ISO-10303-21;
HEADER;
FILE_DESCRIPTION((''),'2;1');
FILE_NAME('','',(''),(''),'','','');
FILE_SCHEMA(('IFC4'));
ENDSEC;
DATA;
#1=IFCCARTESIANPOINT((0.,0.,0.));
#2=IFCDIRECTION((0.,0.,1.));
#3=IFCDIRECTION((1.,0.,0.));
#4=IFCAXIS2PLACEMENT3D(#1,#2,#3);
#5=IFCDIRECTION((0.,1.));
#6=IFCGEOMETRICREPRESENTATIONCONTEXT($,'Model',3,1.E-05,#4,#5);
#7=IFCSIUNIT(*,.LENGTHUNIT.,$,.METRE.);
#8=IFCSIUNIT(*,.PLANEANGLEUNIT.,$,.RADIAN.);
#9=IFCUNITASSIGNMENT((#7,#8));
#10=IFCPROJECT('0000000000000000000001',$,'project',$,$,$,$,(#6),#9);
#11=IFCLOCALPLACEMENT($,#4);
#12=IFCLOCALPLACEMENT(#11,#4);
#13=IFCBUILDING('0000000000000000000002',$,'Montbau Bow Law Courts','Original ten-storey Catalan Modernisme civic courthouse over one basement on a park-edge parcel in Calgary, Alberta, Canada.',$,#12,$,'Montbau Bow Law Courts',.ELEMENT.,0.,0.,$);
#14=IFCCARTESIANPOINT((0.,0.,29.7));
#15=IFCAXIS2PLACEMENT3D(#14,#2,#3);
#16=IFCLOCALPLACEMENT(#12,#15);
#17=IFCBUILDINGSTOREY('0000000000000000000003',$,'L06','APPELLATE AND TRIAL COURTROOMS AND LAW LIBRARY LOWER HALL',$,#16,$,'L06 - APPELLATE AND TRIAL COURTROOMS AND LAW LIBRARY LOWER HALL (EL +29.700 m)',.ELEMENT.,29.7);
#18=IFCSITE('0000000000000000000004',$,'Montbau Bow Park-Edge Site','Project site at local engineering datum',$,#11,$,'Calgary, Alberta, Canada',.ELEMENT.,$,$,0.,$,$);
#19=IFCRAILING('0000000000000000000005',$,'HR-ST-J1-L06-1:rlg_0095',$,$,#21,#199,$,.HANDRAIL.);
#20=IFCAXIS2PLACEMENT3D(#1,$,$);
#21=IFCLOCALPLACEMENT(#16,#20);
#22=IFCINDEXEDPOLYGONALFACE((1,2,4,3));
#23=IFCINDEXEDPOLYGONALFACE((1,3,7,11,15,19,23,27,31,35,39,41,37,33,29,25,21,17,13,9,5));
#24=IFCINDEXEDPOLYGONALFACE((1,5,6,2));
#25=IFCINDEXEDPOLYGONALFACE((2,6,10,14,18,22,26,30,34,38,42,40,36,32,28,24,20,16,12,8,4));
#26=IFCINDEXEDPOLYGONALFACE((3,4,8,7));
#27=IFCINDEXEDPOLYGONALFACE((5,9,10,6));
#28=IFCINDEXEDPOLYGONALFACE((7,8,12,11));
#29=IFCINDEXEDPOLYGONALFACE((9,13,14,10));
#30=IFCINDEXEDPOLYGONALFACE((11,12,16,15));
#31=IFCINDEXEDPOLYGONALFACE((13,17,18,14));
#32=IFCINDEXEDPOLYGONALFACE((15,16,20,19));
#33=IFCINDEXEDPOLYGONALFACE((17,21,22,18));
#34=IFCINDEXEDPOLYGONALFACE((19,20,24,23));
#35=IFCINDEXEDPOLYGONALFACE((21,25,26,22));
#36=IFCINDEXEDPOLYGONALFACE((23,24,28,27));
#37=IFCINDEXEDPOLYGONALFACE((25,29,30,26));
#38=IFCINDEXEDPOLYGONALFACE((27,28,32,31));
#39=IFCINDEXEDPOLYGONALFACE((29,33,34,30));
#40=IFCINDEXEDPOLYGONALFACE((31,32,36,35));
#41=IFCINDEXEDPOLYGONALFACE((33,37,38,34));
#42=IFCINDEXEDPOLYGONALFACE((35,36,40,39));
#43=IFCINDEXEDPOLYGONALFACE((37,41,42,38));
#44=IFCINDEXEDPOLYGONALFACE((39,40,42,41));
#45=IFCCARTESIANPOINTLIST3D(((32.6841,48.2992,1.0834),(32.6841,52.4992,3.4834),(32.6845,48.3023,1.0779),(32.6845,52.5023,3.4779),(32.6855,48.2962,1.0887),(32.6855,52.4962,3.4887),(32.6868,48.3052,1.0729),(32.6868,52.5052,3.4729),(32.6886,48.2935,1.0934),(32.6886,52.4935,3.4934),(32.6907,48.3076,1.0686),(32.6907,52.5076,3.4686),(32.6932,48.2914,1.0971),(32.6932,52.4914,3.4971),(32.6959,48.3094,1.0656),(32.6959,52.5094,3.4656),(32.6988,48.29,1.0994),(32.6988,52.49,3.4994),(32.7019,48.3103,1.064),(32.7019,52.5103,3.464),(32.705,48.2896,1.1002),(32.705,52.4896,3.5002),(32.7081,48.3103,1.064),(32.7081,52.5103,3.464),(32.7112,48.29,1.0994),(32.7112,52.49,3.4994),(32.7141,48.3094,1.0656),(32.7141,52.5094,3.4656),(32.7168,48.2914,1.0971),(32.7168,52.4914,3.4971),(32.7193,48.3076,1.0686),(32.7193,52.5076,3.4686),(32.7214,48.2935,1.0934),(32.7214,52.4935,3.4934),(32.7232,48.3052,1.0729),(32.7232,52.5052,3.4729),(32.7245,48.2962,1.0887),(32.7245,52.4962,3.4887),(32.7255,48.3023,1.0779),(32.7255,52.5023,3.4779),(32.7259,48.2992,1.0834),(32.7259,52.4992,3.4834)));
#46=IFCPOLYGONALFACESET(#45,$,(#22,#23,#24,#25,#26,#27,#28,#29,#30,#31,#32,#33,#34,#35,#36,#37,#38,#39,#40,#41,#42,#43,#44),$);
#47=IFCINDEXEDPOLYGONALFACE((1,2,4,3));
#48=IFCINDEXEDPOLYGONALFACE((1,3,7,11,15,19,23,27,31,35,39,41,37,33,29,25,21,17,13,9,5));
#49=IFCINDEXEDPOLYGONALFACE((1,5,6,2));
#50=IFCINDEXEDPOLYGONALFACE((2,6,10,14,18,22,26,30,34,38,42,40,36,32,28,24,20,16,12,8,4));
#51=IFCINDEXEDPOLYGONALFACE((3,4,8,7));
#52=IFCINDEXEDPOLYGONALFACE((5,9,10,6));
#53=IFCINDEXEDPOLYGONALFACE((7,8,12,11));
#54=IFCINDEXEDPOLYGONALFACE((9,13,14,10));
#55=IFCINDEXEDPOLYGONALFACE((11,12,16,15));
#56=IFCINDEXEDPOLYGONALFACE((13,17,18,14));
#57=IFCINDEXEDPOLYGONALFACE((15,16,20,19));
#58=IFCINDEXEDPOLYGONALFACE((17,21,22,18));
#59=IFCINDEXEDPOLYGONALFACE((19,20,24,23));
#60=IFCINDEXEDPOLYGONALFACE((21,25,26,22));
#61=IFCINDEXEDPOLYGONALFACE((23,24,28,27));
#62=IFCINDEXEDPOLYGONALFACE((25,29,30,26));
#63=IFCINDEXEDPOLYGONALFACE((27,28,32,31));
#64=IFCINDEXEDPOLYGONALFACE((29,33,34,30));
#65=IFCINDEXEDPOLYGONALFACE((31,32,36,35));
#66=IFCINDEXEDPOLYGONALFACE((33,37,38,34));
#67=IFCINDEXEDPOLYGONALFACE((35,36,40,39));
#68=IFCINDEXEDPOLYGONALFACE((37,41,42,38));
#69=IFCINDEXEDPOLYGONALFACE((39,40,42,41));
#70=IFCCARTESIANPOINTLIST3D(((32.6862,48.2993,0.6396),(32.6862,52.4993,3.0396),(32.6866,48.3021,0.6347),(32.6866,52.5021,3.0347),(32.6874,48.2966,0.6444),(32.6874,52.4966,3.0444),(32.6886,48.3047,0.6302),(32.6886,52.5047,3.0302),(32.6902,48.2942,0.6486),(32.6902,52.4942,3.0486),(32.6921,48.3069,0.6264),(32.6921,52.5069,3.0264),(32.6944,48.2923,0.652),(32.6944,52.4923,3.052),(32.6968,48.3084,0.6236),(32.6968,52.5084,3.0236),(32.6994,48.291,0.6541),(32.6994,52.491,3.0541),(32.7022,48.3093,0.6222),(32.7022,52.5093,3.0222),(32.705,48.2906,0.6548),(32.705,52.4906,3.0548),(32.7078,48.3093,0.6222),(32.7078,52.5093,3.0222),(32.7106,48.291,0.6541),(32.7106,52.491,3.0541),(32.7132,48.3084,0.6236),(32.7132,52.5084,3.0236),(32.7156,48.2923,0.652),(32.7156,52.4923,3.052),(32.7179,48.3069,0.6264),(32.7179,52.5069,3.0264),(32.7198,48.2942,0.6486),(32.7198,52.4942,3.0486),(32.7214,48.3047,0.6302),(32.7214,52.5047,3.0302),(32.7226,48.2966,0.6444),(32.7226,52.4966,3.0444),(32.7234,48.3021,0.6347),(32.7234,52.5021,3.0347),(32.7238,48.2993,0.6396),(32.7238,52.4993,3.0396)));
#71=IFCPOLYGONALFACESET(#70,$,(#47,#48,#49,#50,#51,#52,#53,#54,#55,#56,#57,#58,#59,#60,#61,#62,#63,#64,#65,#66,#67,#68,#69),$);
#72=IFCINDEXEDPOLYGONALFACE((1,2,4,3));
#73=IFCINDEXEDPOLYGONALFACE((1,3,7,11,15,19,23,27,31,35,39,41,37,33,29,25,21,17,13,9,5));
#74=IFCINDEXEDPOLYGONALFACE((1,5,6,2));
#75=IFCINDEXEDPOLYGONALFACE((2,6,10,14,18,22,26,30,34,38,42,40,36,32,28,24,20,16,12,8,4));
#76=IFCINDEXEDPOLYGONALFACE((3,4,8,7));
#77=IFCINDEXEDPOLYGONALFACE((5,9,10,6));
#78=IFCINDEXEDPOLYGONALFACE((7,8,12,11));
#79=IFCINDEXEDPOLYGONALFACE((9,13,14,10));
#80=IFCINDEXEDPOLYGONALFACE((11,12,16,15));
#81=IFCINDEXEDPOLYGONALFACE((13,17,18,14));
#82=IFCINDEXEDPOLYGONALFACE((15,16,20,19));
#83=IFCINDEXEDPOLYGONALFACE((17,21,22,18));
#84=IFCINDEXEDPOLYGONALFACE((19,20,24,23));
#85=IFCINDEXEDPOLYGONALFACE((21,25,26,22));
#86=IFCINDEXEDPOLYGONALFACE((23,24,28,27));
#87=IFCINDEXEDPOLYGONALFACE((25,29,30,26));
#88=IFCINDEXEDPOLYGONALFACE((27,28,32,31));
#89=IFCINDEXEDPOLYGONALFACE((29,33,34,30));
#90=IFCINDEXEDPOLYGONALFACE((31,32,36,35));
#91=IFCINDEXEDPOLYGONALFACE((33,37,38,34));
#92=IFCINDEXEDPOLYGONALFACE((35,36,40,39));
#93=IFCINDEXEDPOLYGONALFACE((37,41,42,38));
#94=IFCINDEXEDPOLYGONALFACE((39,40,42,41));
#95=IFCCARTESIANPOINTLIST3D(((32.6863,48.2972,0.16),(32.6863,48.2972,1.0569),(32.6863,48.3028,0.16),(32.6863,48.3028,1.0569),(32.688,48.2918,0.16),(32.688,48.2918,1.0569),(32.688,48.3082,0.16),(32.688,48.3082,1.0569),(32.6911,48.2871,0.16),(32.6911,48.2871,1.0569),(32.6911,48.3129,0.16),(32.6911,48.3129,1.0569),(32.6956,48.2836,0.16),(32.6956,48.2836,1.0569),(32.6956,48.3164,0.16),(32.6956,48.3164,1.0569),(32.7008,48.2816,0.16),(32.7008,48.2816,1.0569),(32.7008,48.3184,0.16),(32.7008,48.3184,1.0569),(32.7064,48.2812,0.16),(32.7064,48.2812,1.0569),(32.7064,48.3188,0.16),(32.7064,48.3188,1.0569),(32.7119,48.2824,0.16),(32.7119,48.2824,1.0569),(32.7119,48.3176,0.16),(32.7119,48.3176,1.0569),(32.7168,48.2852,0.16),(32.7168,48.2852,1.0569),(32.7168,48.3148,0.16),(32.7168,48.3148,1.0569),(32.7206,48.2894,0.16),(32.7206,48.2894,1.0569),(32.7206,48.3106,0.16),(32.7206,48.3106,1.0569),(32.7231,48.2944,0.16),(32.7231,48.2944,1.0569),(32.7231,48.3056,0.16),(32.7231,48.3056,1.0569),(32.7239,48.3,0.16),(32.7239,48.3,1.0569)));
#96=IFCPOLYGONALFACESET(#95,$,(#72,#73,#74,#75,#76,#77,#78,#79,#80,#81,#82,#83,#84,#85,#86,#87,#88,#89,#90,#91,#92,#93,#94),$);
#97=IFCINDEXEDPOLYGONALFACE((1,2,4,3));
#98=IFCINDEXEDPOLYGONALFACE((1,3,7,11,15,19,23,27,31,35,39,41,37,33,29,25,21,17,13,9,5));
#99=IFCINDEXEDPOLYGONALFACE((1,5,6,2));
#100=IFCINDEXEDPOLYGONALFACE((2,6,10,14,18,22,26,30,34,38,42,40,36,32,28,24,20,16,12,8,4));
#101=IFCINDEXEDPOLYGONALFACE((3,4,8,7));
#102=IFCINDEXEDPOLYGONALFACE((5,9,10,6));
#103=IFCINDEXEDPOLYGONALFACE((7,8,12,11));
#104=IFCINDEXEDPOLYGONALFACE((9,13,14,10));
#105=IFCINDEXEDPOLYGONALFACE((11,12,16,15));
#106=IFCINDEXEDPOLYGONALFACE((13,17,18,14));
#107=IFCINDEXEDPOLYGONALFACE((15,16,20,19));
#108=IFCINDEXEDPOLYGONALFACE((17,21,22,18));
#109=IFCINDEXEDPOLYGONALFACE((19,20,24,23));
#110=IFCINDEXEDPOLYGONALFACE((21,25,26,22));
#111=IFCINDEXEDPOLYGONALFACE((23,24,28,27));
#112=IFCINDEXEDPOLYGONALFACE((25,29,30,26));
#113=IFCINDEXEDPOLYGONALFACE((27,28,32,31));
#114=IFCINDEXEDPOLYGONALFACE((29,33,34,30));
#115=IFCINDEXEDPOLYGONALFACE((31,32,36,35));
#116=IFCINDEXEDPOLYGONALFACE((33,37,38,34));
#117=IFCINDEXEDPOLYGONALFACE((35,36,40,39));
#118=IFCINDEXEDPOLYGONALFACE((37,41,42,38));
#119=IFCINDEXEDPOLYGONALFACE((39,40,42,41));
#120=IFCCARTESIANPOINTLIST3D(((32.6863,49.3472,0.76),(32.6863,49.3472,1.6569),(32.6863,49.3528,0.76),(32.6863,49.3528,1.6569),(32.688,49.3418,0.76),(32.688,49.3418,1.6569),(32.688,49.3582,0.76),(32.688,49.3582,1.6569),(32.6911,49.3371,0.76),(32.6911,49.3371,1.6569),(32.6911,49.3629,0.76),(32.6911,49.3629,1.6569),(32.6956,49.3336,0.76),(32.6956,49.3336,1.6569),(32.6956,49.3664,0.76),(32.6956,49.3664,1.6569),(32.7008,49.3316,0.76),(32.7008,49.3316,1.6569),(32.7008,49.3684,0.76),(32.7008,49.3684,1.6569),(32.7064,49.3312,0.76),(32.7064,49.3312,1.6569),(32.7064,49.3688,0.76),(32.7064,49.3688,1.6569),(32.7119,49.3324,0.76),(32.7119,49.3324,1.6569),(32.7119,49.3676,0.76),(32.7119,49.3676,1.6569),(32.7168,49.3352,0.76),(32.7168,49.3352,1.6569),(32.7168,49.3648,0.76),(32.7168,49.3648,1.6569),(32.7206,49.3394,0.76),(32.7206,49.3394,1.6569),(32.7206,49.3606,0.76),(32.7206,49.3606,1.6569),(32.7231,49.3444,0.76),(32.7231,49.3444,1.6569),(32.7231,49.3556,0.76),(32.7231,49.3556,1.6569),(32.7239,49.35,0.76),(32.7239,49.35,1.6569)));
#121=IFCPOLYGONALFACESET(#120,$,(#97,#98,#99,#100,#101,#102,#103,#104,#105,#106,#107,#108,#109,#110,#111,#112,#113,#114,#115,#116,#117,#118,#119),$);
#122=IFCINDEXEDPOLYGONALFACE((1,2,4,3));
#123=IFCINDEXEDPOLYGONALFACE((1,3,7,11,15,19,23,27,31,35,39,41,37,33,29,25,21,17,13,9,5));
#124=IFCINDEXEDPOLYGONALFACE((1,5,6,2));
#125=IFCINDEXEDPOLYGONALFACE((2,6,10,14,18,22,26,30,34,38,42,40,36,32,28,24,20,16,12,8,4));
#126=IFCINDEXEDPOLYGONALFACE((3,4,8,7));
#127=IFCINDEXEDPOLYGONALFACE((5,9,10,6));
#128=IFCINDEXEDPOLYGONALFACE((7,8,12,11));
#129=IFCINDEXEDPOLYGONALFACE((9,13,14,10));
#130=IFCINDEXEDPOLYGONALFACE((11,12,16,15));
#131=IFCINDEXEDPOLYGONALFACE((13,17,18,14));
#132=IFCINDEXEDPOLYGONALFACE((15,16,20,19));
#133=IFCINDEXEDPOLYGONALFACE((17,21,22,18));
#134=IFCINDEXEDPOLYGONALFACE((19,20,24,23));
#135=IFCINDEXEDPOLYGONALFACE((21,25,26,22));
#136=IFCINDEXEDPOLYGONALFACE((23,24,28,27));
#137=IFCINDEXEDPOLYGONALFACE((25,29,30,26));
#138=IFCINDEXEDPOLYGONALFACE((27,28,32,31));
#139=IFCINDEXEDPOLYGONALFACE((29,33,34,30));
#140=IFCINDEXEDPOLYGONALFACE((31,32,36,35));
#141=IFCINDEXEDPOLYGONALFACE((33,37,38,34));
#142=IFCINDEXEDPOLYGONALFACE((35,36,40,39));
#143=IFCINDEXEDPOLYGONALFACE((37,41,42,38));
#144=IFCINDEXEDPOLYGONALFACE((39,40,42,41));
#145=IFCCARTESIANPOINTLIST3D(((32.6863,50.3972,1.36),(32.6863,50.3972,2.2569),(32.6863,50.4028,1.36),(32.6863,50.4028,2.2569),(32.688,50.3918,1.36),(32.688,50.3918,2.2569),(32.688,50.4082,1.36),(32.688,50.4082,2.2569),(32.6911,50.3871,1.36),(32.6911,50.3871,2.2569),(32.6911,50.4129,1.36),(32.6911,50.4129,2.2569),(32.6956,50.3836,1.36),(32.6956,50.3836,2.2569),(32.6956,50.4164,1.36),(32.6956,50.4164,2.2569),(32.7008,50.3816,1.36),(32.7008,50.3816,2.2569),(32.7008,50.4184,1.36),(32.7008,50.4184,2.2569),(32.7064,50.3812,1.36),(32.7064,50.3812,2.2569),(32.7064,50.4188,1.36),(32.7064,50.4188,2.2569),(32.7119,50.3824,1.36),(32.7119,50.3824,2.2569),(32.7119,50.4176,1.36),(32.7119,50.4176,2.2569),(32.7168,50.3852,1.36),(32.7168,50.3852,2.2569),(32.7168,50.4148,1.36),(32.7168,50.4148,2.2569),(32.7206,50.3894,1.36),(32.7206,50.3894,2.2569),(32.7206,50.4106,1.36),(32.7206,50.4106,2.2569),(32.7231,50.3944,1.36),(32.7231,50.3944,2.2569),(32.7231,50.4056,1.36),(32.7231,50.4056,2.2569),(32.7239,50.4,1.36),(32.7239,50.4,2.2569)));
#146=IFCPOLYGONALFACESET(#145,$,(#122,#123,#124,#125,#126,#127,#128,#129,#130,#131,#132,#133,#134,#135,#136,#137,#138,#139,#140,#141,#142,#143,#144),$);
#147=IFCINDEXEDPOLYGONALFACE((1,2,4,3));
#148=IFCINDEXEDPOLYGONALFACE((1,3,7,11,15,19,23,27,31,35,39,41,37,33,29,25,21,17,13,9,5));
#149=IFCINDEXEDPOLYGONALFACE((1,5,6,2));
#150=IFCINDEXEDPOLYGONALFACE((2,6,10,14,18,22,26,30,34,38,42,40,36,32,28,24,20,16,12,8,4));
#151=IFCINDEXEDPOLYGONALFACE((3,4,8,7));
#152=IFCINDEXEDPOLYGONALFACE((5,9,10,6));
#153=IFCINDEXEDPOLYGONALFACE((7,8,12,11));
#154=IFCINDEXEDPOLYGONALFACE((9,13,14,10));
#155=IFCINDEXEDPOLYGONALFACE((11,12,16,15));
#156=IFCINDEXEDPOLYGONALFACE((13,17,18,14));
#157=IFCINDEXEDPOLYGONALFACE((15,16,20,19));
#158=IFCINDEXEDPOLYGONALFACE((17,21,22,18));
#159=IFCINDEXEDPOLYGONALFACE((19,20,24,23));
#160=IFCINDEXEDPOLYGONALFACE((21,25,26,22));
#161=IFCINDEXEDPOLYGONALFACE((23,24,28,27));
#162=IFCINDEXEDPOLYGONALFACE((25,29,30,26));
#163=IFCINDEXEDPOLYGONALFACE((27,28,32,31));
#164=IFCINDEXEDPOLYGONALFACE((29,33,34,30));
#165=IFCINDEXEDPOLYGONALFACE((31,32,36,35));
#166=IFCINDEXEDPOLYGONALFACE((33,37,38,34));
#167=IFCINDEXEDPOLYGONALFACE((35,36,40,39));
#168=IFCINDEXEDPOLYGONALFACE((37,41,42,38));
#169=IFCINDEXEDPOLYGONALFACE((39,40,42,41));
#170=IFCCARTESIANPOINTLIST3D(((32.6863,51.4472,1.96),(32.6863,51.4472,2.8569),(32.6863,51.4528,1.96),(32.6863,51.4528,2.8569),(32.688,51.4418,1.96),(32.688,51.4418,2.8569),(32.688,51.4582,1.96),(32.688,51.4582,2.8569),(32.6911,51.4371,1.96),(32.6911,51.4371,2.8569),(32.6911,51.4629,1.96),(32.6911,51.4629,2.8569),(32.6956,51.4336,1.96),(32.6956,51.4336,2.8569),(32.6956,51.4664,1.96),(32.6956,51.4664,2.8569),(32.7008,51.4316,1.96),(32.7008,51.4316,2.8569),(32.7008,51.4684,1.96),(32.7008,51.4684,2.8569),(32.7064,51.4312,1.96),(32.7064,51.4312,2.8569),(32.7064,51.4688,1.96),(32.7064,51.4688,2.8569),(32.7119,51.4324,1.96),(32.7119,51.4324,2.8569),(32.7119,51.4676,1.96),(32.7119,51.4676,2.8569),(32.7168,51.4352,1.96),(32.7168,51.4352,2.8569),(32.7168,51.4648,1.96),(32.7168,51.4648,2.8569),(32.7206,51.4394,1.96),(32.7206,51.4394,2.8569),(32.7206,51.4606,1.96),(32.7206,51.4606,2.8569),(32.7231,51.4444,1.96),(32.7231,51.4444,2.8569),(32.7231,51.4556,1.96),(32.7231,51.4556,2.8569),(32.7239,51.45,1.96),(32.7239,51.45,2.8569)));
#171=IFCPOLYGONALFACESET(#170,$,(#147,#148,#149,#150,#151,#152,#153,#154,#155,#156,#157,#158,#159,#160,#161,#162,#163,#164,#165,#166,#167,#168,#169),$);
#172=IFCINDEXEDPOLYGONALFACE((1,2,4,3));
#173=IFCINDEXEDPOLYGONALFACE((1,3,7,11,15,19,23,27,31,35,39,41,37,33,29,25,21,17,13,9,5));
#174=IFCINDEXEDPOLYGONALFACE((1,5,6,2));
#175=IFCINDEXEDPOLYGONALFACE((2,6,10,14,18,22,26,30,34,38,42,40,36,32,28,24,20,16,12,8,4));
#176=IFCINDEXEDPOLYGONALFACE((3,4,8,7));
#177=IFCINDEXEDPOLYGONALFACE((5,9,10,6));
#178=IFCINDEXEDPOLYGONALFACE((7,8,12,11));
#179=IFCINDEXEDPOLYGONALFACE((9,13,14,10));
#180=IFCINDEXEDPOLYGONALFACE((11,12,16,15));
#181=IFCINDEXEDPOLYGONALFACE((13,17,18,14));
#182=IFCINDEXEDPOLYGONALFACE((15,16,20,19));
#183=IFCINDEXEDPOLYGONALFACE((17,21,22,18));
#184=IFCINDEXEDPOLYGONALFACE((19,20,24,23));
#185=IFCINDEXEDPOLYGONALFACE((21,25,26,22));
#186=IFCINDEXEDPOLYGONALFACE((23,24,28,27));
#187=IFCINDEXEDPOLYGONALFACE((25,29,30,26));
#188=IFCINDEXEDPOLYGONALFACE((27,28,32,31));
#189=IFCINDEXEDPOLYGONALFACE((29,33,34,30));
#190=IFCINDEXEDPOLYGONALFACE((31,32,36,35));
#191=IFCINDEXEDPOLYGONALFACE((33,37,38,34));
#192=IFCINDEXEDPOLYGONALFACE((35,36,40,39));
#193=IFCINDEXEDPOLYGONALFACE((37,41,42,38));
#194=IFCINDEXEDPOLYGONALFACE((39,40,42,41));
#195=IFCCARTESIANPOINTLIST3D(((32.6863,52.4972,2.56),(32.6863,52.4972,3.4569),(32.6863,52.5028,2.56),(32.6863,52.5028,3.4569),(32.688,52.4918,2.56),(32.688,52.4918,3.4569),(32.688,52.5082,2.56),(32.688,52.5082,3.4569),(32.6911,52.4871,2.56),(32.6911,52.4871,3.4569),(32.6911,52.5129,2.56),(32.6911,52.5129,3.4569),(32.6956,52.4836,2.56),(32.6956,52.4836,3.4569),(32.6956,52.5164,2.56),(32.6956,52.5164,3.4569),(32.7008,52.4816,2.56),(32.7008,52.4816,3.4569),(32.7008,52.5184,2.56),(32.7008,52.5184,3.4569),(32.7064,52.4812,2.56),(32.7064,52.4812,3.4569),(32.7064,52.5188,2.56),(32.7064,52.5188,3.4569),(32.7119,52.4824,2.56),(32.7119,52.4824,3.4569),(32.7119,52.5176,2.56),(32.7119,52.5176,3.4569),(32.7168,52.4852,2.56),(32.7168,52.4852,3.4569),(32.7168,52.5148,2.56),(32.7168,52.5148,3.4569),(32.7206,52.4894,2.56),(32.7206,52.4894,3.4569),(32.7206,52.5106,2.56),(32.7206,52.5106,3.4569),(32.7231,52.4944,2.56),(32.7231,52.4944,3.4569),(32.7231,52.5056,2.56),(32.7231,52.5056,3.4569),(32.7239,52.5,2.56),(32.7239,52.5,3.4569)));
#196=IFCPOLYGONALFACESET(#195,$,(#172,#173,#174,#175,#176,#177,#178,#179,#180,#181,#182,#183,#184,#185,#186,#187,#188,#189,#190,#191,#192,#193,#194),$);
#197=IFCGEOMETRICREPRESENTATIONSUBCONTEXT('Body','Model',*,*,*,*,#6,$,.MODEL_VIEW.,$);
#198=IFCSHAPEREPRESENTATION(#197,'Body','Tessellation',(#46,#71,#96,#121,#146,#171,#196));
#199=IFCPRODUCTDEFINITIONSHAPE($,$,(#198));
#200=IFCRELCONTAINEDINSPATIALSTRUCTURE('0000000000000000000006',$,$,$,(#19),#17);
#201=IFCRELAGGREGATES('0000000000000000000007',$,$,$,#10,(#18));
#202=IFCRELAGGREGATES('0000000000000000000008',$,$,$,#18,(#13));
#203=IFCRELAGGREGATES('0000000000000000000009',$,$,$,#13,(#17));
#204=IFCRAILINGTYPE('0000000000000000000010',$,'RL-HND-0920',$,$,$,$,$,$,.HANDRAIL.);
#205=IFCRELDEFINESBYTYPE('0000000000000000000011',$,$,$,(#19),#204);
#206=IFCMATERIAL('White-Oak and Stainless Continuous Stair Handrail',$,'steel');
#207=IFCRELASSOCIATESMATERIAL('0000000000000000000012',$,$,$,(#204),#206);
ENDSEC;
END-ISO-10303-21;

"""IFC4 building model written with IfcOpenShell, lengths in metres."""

from ifc_helpers import new_model, si_unit, direction, frame, origin_with_axes, origin_2d_with_axis, place, context, subcontext, project, spatial, circle, extrude, material, type_object, element, save


model = new_model("IFC4")

# Units and contexts
model_context = context("Model", 3, precision=1e-05, world=origin_with_axes(), true_north=direction((0.0, 1.0)))
body_context = subcontext(model_context, "Body", "Model", "MODEL_VIEW")
ifc_project = project(units=[si_unit("LENGTHUNIT", "METRE"), si_unit("PLANEANGLEUNIT", "RADIAN")], contexts=[model_context])

# Site, building, storey
site_placement = place(None, origin_with_axes())
site = spatial("IfcSite", under=ifc_project, at=site_placement, Name="Montbau Bow Park-Edge Site", Description="Project site at local engineering datum", LongName="Calgary, Alberta, Canada", CompositionType="ELEMENT", RefElevation=0.0)
building_placement = place(site_placement, origin_with_axes())
building = spatial("IfcBuilding", under=site, at=building_placement, Name="Montbau Bow Law Courts", Description="Original ten-storey Catalan Modernisme civic courthouse over one basement on a park-edge parcel in Calgary, Alberta, Canada.", LongName="Montbau Bow Law Courts", CompositionType="ELEMENT", ElevationOfRefHeight=0.0, ElevationOfTerrain=0.0)
storey_placement = place(building_placement, frame((0.0, 0.0, 29.7), z_axis=(0.0, 0.0, 1.0), x_axis=(1.0, 0.0, 0.0)))
storey = spatial("IfcBuildingStorey", under=building, at=storey_placement, Name="L06", Description="APPELLATE AND TRIAL COURTROOMS AND LAW LIBRARY LOWER HALL", LongName="L06 - APPELLATE AND TRIAL COURTROOMS AND LAW LIBRARY LOWER HALL (EL +29.700 m)", CompositionType="ELEMENT", Elevation=29.7)

# Railing
ifc_material_1 = material(Name="White-Oak and Stainless Continuous Stair Handrail", Category="steel")
railing_type_1 = type_object("IfcRailingType", Name="RL-HND-0920", PredefinedType="HANDRAIL", material=ifc_material_1)
railing_1_placement = place(None, origin_with_axes())
element("IfcRailing", 1, at=railing_1_placement, inside=storey, type_object=railing_type_1, Name="HR-ST-J1-L06-1:rlg_0095", PredefinedType="HANDRAIL", context=body_context, shape_type="SweptSolid", body=[
    extrude(circle(Radius=0.021, at=origin_2d_with_axis()), frame((32.705, 48.3, 30.782), z_axis=(0.0, 0.868243, 0.496139), x_axis=(0.0, -0.496139, 0.868243)), (0.0, 0.0, 1.0), 4.8374),
    extrude(circle(Radius=0.0189, at=origin_2d_with_axis()), frame((32.705, 48.3, 30.3384), z_axis=(0.0, 0.868243, 0.496139), x_axis=(0.0, -0.496139, 0.868243)), (0.0, 0.0, 1.0), 4.8374),
    extrude(circle(Radius=0.0189, at=origin_2d_with_axis()), frame((32.705, 48.3, 29.86), z_axis=(0.0, 0.0, 1.0), x_axis=(1.0, 0.0, 0.0)), (0.0, 0.0, 1.0), 0.8969),
    extrude(circle(Radius=0.0189, at=origin_2d_with_axis()), frame((32.705, 49.35, 30.46), z_axis=(0.0, 0.0, 1.0), x_axis=(1.0, 0.0, 0.0)), (0.0, 0.0, 1.0), 0.8969),
    extrude(circle(Radius=0.0189, at=origin_2d_with_axis()), frame((32.705, 50.4, 31.06), z_axis=(0.0, 0.0, 1.0), x_axis=(1.0, 0.0, 0.0)), (0.0, 0.0, 1.0), 0.8969),
    extrude(circle(Radius=0.0189, at=origin_2d_with_axis()), frame((32.705, 51.45, 31.66), z_axis=(0.0, 0.0, 1.0), x_axis=(1.0, 0.0, 0.0)), (0.0, 0.0, 1.0), 0.8969),
    extrude(circle(Radius=0.0189, at=origin_2d_with_axis()), frame((32.705, 52.5, 32.26), z_axis=(0.0, 0.0, 1.0), x_axis=(1.0, 0.0, 0.0)), (0.0, 0.0, 1.0), 0.8969),
])

save(model, "model.ifc")
